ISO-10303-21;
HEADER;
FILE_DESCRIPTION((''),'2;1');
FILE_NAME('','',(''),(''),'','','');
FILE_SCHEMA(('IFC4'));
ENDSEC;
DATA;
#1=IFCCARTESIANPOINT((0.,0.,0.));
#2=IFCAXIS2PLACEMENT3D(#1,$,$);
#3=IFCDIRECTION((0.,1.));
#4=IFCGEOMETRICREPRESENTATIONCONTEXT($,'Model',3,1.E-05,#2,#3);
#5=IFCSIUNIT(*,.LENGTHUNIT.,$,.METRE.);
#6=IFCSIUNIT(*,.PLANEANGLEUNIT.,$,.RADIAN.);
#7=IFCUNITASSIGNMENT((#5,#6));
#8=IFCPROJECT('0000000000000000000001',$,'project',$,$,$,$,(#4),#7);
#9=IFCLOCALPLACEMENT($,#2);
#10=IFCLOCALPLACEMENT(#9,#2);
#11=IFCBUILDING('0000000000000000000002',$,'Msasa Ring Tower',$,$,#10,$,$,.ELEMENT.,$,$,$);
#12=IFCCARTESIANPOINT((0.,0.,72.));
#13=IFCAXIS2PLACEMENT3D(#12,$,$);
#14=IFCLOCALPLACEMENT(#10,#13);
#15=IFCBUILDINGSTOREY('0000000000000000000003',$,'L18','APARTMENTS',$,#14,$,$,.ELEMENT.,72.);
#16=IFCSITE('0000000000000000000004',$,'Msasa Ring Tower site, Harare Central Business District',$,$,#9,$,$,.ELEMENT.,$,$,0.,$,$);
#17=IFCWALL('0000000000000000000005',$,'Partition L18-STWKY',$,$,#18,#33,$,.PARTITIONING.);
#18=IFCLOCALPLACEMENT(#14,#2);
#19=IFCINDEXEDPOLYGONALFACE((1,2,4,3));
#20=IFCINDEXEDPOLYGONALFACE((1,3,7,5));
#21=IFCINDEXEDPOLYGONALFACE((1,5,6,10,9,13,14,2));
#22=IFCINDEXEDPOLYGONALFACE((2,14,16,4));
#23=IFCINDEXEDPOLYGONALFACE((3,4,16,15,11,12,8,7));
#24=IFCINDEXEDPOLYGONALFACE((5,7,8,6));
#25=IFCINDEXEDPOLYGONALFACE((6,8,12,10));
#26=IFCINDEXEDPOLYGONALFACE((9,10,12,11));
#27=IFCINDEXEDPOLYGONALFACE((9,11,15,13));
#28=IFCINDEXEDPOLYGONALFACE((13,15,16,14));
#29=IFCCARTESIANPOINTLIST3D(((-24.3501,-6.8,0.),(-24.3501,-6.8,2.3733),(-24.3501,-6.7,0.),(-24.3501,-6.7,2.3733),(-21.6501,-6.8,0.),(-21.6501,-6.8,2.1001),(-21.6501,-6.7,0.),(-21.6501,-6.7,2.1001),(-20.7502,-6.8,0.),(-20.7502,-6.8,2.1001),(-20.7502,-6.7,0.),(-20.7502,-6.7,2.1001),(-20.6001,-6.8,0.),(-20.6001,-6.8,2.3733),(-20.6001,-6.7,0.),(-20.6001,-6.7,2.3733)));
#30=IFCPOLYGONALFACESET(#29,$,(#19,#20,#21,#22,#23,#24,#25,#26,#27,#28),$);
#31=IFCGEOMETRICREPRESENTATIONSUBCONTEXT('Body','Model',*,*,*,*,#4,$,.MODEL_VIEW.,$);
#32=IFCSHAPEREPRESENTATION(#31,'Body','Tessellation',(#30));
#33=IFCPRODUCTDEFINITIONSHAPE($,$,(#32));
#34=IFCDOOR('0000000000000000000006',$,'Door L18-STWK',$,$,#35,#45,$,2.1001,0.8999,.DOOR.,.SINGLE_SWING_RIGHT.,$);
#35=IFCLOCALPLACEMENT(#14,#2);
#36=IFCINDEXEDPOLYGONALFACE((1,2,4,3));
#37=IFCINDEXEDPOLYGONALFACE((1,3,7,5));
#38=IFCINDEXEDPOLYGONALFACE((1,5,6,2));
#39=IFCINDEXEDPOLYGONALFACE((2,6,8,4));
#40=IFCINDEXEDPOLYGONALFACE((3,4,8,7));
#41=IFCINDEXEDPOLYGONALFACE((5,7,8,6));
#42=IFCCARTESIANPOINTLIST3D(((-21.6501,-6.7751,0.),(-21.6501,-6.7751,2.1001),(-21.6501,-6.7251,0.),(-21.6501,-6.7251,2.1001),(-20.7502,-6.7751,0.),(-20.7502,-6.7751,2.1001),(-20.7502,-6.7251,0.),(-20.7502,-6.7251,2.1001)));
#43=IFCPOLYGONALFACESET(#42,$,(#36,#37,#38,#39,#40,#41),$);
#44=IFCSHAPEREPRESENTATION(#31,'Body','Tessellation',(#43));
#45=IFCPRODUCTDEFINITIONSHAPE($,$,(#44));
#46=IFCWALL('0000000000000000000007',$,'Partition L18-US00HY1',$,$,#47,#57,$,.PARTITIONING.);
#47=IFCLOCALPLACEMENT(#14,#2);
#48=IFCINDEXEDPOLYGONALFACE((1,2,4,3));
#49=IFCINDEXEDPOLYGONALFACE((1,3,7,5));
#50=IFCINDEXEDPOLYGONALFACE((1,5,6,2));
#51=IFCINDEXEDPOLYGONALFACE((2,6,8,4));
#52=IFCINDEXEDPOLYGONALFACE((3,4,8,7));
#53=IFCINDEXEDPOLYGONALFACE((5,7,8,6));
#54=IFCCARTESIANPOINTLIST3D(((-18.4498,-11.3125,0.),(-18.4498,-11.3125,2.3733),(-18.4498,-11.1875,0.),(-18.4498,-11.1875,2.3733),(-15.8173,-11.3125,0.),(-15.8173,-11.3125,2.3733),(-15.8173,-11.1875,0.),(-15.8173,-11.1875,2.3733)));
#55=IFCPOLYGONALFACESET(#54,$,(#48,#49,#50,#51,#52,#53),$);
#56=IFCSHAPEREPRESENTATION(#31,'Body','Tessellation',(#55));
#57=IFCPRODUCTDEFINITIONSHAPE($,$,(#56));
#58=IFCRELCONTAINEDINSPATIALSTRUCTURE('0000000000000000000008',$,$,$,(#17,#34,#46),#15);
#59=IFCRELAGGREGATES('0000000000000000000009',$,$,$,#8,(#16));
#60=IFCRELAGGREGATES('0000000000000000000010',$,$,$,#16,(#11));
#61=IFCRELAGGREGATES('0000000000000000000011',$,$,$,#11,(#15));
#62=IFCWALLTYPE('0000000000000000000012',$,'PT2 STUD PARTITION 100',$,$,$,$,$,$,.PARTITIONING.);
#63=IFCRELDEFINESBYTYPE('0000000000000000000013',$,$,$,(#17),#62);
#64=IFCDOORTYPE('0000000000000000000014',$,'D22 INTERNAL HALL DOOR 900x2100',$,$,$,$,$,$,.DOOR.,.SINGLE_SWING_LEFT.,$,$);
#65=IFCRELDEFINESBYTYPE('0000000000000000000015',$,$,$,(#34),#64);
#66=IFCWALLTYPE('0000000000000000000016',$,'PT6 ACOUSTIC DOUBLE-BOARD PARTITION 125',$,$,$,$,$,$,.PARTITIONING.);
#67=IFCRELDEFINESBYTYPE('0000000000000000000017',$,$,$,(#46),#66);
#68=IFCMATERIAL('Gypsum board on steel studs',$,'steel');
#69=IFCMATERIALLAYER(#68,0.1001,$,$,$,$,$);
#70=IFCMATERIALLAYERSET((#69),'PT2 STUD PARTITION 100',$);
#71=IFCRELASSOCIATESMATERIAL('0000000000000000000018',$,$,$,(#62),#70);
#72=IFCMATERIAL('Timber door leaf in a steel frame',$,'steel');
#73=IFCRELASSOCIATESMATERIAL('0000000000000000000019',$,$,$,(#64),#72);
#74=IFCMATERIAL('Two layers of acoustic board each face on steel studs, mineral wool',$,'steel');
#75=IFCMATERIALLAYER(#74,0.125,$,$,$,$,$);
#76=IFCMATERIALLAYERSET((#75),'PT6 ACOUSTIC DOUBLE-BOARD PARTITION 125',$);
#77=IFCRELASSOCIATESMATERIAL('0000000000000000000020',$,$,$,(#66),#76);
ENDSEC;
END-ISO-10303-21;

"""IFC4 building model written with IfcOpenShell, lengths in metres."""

from ifc_helpers import new_model, si_unit, direction, frame, frame_2d, origin, place, context, subcontext, project, spatial, rectangle, extrude, material, layer, layer_set, type_object, element, fill, save


model = new_model("IFC4")

# Units and contexts
model_context = context("Model", 3, precision=1e-05, world=origin(), true_north=direction((0.0, 1.0)))
body_context = subcontext(model_context, "Body", "Model", "MODEL_VIEW")
ifc_project = project(units=[si_unit("LENGTHUNIT", "METRE"), si_unit("PLANEANGLEUNIT", "RADIAN")], contexts=[model_context])

# Site, building, storey
site_placement = place(None, origin())
site = spatial("IfcSite", under=ifc_project, at=site_placement, Name="Msasa Ring Tower site, Harare Central Business District", CompositionType="ELEMENT", RefElevation=0.0)
building_placement = place(site_placement, origin())
building = spatial("IfcBuilding", under=site, at=building_placement, Name="Msasa Ring Tower", CompositionType="ELEMENT")
storey_placement = place(building_placement, frame((0.0, 0.0, 72.0)))
storey = spatial("IfcBuildingStorey", under=building, at=storey_placement, Name="L18", Description="APARTMENTS", CompositionType="ELEMENT", Elevation=72.0)

# Wall, opening, door
ifc_material_1 = material(Name="Gypsum board on steel studs", Category="steel")
ifc_layer_1 = layer(ifc_material_1, 0.1001)
ifc_layer_set_1 = layer_set([ifc_layer_1], Name="PT2 STUD PARTITION 100")
wall_type_1 = type_object("IfcWallType", Name="PT2 STUD PARTITION 100", PredefinedType="PARTITIONING", material=ifc_layer_set_1)
wall_1_placement = place(storey_placement, frame((-24.3501, -6.75, 0.0), z_axis=(0.0, 0.0, 1.0), x_axis=(1.0, 0.0, 0.0)))
wall_1 = element("IfcWall", 1, at=wall_1_placement, inside=storey, type_object=wall_type_1, Name="Partition L18-STWKY", PredefinedType="PARTITIONING", context=body_context, shape_type="SweptSolid", body=[
    extrude(rectangle(XDim=3.75, YDim=0.1001, at=frame_2d((1.875, 0.0))), origin(), (0.0, 0.0, 1.0), 2.3733),
])
opening_1_placement = place(wall_1_placement, frame((2.7, 0.0, 0.0)))
opening_1 = element("IfcOpeningElement", 2, at=opening_1_placement, cuts=wall_1, PredefinedType="OPENING", context=body_context, shape_type="SweptSolid", body=[
    extrude(rectangle(XDim=0.8999, YDim=2.1001, at=frame_2d((0.45, 1.05))), frame((0.0, 0.0601, 0.0), z_axis=(0.0, -1.0, 0.0), x_axis=(1.0, 0.0, 0.0)), (0.0, 0.0, 1.0), 0.1201),
])
ifc_material_2 = material(Name="Timber door leaf in a steel frame", Category="steel")
door_type_1 = type_object("IfcDoorType", Name="D22 INTERNAL HALL DOOR 900x2100", OperationType="SINGLE_SWING_LEFT", PredefinedType="DOOR", material=ifc_material_2)
door_1_placement = place(opening_1_placement, origin())
door_1 = element("IfcDoor", 3, at=door_1_placement, inside=storey, type_object=door_type_1, Name="Door L18-STWK", OperationType="SINGLE_SWING_RIGHT", OverallHeight=2.1001, OverallWidth=0.8999, PredefinedType="DOOR", context=body_context, shape_type="SweptSolid", body=[
    extrude(rectangle(XDim=0.8999, YDim=2.1001, at=frame_2d((0.45, 1.05))), frame((0.0, 0.0249, 0.0), z_axis=(0.0, -1.0, 0.0), x_axis=(1.0, 0.0, 0.0)), (0.0, 0.0, 1.0), 0.05),
])
fill(opening_1, door_1)

# Wall
ifc_material_3 = material(Name="Two layers of acoustic board each face on steel studs, mineral wool", Category="steel")
ifc_layer_2 = layer(ifc_material_3, 0.125)
ifc_layer_set_2 = layer_set([ifc_layer_2], Name="PT6 ACOUSTIC DOUBLE-BOARD PARTITION 125")
wall_type_2 = type_object("IfcWallType", Name="PT6 ACOUSTIC DOUBLE-BOARD PARTITION 125", PredefinedType="PARTITIONING", material=ifc_layer_set_2)
wall_2_placement = place(storey_placement, frame((-18.45, -11.25, 0.0), z_axis=(0.0, 0.0, 1.0), x_axis=(1.0, 0.0, 0.0)))
element("IfcWall", 4, at=wall_2_placement, inside=storey, type_object=wall_type_2, Name="Partition L18-US00HY1", PredefinedType="PARTITIONING", context=body_context, shape_type="SweptSolid", body=[
    extrude(rectangle(XDim=2.6326, YDim=0.125, at=frame_2d((1.3164, 0.0))), origin(), (0.0, 0.0, 1.0), 2.3733),
])

save(model, "model.ifc")
